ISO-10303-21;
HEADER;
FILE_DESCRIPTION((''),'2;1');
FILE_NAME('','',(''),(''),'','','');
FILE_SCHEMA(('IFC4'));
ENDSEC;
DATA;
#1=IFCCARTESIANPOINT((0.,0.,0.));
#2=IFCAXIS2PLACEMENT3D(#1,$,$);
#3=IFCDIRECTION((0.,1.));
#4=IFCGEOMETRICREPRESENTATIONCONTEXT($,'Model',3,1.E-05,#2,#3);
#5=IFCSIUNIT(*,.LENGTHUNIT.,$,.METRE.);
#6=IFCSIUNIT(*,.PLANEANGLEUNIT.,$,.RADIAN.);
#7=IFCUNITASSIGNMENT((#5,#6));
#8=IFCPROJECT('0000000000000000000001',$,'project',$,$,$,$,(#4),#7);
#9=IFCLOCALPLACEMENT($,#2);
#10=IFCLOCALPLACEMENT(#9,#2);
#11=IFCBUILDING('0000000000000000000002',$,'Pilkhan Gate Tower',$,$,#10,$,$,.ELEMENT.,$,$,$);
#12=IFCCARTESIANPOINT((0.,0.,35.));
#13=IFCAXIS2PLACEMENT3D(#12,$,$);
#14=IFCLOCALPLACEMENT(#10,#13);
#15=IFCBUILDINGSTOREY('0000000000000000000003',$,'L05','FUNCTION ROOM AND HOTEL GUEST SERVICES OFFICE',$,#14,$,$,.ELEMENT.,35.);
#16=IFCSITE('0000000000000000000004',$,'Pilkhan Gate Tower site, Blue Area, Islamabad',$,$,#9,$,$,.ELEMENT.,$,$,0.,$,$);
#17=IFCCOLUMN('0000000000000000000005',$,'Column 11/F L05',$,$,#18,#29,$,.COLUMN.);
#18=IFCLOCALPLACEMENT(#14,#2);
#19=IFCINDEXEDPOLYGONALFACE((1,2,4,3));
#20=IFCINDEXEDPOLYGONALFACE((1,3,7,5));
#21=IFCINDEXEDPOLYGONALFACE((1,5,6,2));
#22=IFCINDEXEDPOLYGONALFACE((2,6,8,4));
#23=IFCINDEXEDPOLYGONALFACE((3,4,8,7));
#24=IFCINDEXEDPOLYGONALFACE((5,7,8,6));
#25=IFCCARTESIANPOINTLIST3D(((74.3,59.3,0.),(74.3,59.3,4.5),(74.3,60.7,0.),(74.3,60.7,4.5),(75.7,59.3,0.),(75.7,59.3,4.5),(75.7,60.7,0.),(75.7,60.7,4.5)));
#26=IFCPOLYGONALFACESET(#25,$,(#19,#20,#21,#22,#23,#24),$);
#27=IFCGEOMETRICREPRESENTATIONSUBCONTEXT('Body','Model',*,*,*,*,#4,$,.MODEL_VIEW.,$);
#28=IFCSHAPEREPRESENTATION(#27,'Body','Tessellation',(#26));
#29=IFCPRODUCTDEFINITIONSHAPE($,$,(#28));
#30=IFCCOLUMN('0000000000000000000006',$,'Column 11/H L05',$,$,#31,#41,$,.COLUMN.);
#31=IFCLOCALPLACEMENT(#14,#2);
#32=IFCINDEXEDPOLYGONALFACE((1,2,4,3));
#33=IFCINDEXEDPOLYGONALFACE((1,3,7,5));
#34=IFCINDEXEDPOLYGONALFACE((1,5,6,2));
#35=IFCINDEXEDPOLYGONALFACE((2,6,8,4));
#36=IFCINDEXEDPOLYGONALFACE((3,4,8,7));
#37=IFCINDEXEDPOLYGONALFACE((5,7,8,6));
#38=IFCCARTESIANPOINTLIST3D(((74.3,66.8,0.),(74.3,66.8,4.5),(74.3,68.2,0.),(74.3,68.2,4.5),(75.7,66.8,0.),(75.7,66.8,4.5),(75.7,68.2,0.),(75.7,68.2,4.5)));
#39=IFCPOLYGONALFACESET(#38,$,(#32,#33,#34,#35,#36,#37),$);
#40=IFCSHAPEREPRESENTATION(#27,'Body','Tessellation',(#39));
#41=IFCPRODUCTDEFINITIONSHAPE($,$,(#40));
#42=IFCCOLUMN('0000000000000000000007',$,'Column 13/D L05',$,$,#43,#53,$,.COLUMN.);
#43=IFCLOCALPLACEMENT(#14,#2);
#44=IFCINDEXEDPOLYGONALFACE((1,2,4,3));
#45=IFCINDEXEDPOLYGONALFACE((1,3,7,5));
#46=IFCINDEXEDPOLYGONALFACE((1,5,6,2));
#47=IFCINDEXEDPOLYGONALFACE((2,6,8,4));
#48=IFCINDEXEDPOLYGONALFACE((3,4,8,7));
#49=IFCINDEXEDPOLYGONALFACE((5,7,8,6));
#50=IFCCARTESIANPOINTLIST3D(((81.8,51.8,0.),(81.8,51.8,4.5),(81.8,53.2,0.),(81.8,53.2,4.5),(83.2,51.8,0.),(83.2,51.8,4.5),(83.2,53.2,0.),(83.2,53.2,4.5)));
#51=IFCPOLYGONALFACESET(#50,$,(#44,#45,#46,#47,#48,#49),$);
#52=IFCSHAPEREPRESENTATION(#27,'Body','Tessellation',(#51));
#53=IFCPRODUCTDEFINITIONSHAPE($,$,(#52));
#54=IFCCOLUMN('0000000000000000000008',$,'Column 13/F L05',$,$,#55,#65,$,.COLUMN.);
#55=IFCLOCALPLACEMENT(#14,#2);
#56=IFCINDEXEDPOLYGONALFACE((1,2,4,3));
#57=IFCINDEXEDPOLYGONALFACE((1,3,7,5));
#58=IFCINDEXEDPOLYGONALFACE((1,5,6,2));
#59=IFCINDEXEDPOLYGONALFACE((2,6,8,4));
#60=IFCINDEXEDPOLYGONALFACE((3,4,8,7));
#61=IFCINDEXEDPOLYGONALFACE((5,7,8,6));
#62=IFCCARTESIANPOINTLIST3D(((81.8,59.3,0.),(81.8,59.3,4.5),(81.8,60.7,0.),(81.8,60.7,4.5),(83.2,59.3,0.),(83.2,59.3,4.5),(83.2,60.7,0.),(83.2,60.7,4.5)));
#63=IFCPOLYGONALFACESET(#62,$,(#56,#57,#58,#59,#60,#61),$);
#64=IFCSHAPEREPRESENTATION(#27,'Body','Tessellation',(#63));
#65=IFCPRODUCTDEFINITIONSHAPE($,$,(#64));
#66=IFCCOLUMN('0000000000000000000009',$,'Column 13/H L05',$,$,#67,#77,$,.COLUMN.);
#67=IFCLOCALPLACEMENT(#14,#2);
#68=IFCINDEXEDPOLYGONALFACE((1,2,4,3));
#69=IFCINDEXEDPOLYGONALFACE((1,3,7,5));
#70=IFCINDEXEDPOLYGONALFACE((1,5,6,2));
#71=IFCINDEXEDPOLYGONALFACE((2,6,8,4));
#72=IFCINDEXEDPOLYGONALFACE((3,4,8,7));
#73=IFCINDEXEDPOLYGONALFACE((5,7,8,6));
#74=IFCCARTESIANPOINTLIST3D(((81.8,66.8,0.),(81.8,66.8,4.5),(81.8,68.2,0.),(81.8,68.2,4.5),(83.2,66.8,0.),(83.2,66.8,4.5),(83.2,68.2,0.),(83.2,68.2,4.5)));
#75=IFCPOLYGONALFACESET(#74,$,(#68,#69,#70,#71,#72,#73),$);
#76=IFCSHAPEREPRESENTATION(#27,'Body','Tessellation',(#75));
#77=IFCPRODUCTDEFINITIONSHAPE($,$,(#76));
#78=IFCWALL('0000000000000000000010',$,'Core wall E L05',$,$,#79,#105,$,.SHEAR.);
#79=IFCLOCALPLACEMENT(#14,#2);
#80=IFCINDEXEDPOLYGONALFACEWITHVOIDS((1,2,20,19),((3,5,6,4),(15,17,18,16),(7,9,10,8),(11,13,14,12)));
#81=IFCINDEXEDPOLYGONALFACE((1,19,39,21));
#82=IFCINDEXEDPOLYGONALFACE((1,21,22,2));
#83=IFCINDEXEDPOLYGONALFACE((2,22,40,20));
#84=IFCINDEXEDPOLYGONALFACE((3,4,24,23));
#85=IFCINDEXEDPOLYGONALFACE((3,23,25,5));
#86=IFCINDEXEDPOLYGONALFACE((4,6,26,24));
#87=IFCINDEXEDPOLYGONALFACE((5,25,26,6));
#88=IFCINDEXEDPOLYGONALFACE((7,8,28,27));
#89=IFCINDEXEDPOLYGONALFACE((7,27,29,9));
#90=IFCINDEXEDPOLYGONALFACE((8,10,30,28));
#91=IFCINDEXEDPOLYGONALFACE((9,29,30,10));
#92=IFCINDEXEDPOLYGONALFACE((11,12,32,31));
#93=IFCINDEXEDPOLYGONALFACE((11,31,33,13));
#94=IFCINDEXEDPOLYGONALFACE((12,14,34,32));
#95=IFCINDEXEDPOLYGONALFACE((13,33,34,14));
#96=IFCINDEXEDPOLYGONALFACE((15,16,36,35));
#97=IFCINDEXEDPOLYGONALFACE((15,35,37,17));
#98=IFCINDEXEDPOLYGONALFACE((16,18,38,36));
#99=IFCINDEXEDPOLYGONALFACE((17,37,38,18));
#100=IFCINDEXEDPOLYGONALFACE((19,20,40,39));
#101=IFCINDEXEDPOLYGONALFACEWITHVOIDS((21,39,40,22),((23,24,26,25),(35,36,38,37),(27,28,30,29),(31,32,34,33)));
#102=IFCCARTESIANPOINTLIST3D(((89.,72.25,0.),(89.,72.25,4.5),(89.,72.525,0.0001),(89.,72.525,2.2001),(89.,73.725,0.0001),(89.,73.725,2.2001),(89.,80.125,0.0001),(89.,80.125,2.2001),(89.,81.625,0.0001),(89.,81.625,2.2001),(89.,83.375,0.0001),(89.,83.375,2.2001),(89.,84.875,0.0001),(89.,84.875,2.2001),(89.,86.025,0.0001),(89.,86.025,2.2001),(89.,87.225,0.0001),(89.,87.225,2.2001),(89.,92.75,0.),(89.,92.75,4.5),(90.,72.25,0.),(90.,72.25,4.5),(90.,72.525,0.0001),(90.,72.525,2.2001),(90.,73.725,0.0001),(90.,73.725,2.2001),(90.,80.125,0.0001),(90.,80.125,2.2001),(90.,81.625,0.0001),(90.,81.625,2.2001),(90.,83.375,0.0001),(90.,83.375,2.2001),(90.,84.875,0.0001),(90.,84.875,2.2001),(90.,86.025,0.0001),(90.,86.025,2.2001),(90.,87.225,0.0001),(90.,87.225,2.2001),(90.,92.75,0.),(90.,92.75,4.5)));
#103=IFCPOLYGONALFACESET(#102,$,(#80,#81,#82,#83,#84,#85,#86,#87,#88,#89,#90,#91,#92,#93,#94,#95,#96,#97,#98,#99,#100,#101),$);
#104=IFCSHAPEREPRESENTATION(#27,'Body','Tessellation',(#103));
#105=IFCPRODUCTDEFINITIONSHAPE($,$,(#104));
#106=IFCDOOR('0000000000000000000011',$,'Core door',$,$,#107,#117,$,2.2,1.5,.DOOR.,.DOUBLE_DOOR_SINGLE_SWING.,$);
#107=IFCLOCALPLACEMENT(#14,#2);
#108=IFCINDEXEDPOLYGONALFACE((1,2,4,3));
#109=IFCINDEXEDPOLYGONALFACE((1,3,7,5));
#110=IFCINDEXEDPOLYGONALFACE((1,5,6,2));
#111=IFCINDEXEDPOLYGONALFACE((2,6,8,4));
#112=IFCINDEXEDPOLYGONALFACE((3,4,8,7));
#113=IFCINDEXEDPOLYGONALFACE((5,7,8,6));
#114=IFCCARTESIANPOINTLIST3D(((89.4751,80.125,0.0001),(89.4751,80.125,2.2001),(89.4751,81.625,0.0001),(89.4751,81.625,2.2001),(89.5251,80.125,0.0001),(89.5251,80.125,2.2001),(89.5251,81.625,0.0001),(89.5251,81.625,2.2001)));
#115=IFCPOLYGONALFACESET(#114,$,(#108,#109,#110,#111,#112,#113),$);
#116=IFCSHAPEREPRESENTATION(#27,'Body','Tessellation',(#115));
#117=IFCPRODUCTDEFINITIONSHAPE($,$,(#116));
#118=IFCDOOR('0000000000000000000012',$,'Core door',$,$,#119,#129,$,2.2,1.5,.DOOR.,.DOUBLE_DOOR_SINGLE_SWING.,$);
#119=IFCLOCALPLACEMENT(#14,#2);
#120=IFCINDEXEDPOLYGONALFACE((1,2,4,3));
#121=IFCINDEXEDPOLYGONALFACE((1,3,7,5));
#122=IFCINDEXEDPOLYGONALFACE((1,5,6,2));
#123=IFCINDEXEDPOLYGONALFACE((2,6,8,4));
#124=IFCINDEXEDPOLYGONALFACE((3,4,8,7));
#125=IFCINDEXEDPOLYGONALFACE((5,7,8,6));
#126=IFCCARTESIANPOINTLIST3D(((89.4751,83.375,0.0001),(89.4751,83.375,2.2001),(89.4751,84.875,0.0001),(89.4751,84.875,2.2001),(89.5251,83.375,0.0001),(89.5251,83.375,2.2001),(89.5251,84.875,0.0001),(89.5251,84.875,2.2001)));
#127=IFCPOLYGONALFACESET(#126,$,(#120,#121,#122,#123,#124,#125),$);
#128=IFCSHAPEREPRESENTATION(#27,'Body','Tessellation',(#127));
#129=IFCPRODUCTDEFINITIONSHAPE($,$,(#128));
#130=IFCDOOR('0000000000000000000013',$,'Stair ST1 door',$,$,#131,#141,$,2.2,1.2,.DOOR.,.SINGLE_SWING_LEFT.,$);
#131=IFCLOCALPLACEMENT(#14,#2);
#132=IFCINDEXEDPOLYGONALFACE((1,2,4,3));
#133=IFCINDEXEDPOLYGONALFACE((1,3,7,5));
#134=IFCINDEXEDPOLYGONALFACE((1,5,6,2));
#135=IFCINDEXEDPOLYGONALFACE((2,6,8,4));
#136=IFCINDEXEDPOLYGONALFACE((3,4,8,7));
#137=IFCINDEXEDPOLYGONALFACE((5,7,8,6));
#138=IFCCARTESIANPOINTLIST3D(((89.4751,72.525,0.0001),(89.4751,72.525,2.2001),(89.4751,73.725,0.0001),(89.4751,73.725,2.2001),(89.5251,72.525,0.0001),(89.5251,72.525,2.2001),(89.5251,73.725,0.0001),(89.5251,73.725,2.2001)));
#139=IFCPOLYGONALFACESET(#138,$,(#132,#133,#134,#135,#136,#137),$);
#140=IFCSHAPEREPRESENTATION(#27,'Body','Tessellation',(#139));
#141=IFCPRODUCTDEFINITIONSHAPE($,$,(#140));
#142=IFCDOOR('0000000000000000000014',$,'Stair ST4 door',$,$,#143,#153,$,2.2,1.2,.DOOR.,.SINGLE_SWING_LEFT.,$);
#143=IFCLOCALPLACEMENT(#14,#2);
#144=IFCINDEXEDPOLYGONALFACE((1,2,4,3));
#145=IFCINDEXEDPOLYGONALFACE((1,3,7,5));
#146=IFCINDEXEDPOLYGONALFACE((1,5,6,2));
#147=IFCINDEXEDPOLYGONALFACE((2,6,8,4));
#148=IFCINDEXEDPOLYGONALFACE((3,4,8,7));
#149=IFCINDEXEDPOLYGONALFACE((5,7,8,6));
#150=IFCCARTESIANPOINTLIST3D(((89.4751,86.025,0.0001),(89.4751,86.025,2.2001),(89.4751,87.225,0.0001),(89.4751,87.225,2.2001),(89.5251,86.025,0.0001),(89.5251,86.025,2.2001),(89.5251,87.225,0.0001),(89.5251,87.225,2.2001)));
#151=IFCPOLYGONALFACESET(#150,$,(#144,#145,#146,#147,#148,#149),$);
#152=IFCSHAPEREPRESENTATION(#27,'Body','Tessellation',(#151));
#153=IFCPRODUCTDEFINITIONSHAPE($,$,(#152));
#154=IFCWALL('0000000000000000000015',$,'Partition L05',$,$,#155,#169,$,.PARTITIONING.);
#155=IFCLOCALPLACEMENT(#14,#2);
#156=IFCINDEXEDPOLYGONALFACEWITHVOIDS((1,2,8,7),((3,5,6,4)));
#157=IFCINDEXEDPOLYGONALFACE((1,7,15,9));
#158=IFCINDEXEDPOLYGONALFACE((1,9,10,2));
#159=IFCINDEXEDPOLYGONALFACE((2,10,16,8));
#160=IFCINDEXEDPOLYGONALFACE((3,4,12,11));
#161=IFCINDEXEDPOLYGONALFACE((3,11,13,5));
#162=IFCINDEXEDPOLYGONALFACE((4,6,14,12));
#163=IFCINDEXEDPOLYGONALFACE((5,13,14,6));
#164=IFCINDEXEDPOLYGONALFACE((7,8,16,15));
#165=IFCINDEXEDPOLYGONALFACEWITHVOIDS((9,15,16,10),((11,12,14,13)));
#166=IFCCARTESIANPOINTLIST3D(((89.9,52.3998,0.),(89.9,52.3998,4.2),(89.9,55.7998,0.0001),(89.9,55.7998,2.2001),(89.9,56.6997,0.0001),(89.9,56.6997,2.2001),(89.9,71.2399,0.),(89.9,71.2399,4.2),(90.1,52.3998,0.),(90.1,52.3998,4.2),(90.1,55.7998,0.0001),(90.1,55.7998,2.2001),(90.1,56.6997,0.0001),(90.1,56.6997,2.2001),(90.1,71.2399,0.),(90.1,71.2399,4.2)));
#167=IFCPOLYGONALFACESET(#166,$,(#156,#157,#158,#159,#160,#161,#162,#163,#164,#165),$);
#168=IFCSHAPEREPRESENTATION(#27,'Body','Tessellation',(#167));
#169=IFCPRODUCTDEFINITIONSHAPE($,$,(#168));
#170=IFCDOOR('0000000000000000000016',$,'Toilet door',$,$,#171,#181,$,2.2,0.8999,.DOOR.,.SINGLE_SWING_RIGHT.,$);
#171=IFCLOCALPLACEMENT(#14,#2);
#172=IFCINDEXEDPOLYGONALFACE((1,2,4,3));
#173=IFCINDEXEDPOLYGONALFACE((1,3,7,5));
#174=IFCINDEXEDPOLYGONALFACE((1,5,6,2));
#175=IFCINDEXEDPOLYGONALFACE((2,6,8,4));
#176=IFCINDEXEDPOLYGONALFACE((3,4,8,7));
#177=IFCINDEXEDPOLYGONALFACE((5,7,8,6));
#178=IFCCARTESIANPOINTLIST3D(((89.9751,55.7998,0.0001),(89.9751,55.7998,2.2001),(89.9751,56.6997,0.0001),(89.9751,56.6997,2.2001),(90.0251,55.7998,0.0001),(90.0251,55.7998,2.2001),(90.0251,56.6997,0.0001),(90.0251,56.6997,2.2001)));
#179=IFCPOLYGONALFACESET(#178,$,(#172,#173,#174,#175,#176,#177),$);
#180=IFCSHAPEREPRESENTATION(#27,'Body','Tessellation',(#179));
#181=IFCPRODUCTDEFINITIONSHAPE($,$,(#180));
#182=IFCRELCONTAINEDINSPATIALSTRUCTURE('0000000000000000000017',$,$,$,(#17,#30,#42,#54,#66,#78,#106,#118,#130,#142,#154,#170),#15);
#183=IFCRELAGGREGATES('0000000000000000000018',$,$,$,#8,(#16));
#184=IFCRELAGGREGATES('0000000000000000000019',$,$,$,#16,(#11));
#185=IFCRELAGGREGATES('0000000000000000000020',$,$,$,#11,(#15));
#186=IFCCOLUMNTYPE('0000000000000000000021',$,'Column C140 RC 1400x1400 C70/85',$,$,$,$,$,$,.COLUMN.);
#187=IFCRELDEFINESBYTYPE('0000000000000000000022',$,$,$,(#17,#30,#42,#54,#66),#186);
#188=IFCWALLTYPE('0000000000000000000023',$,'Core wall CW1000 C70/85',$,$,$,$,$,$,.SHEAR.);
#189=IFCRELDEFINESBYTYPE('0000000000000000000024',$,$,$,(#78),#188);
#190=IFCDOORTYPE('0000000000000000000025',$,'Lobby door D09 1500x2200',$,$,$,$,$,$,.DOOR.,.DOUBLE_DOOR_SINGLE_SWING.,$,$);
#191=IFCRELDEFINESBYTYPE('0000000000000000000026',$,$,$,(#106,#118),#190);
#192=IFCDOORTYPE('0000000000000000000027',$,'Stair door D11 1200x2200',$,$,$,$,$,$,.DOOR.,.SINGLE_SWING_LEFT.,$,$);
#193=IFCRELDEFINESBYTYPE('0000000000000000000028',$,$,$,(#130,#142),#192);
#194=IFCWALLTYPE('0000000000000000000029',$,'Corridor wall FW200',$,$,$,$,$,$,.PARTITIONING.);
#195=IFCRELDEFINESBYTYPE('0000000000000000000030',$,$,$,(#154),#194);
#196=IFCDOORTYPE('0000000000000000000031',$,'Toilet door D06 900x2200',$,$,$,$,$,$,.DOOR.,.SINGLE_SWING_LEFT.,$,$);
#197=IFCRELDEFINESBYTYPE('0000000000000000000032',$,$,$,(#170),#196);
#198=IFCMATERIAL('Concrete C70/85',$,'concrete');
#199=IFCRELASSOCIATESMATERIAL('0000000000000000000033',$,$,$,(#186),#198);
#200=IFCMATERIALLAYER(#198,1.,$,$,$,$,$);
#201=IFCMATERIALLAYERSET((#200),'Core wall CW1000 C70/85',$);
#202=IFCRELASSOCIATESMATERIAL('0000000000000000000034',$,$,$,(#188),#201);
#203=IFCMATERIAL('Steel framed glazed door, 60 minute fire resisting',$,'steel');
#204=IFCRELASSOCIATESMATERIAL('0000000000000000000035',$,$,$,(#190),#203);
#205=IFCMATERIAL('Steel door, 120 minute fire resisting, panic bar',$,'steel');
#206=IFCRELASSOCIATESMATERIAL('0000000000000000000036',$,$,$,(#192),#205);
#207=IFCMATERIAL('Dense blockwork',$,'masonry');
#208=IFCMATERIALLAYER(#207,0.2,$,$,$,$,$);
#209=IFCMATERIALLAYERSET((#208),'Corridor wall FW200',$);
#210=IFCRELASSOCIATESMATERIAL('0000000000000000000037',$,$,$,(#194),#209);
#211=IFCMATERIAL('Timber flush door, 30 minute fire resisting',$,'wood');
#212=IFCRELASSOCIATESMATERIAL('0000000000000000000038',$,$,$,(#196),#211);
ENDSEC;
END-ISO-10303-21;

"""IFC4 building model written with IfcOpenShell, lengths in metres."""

from ifc_helpers import new_model, si_unit, direction, frame, frame_2d, origin, origin_2d, place, context, subcontext, project, spatial, rectangle, extrude, material, layer, layer_set, material_profile, profile_set, type_object, element, fill, save


model = new_model("IFC4")

# Units and contexts
model_context = context("Model", 3, precision=1e-05, world=origin(), true_north=direction((0.0, 1.0)))
body_context = subcontext(model_context, "Body", "Model", "MODEL_VIEW")
ifc_project = project(units=[si_unit("LENGTHUNIT", "METRE"), si_unit("PLANEANGLEUNIT", "RADIAN")], contexts=[model_context])

# Site, building, storey
site_placement = place(None, origin())
site = spatial("IfcSite", under=ifc_project, at=site_placement, Name="Pilkhan Gate Tower site, Blue Area, Islamabad", CompositionType="ELEMENT", RefElevation=0.0)
building_placement = place(site_placement, origin())
building = spatial("IfcBuilding", under=site, at=building_placement, Name="Pilkhan Gate Tower", CompositionType="ELEMENT")
storey_placement = place(building_placement, frame((0.0, 0.0, 35.0)))
storey = spatial("IfcBuildingStorey", under=building, at=storey_placement, Name="L05", Description="FUNCTION ROOM AND HOTEL GUEST SERVICES OFFICE", CompositionType="ELEMENT", Elevation=35.0)

# Columns
ifc_material_1 = material(Name="Concrete C70/85", Category="concrete")
ifc_material_profile = material_profile(ifc_material_1, rectangle(XDim=1.3999, YDim=1.3999, at=origin_2d()), Name="RC 1400x1400")
ifc_profile_set = profile_set([ifc_material_profile], Name="Concrete C70/85")
column_type = type_object("IfcColumnType", Name="Column C140 RC 1400x1400 C70/85", PredefinedType="COLUMN", material=ifc_profile_set)
for number, where, z_axis, x_axis, name in (
    (1, (75.0, 60.0, 0.0), (0.0, 0.0, 1.0), (1.0, 0.0, 0.0), "Column 11/F L05"),
    (2, (75.0, 67.5, 0.0), (0.0, 0.0, 1.0), (1.0, 0.0, 0.0), "Column 11/H L05"),
    (3, (82.5, 52.5, 0.0), (0.0, 0.0, 1.0), (1.0, 0.0, 0.0), "Column 13/D L05"),
    (4, (82.5, 60.0, 0.0), (0.0, 0.0, 1.0), (1.0, 0.0, 0.0), "Column 13/F L05"),
    (5, (82.5, 67.5, 0.0), (0.0, 0.0, 1.0), (1.0, 0.0, 0.0), "Column 13/H L05"),
):
    element("IfcColumn", number, at=place(storey_placement, frame(where, z_axis=z_axis, x_axis=x_axis)), inside=storey, type_object=column_type, Name=name, PredefinedType="COLUMN", context=body_context, shape_type="SweptSolid", body=[
        extrude(rectangle(XDim=1.3999, YDim=1.3999, at=origin_2d()), origin(), (0.0, 0.0, 1.0), 4.5),
    ])

# Wall, openings, doors
ifc_layer_1 = layer(ifc_material_1, 1.0)
ifc_layer_set_1 = layer_set([ifc_layer_1], Name="Core wall CW1000 C70/85")
wall_type_1 = type_object("IfcWallType", Name="Core wall CW1000 C70/85", PredefinedType="SHEAR", material=ifc_layer_set_1)
wall_1_placement = place(storey_placement, frame((89.5, 72.25, 0.0), z_axis=(0.0, 0.0, 1.0), x_axis=(0.0, 1.0, 0.0)))
wall_1 = element("IfcWall", 6, at=wall_1_placement, inside=storey, type_object=wall_type_1, Name="Core wall E L05", PredefinedType="SHEAR", context=body_context, shape_type="SweptSolid", body=[
    extrude(rectangle(XDim=20.5, YDim=1.0, at=frame_2d((10.25, 0.0))), origin(), (0.0, 0.0, 1.0), 4.5),
])
opening_1_placement = place(wall_1_placement, frame((0.2749, 0.0, 0.0)))
opening_1 = element("IfcOpeningElement", 7, at=opening_1_placement, cuts=wall_1, PredefinedType="OPENING", context=body_context, shape_type="SweptSolid", body=[
    extrude(rectangle(XDim=1.2, YDim=2.2, at=frame_2d((0.6001, 1.1001))), frame((0.0, 0.51, 0.0), z_axis=(0.0, -1.0, 0.0), x_axis=(1.0, 0.0, 0.0)), (0.0, 0.0, 1.0), 1.02),
])
opening_2_placement = place(wall_1_placement, frame((13.7749, 0.0, 0.0)))
opening_2 = element("IfcOpeningElement", 8, at=opening_2_placement, cuts=wall_1, PredefinedType="OPENING", context=body_context, shape_type="SweptSolid", body=[
    extrude(rectangle(XDim=1.2, YDim=2.2, at=frame_2d((0.6001, 1.1001))), frame((0.0, 0.51, 0.0), z_axis=(0.0, -1.0, 0.0), x_axis=(1.0, 0.0, 0.0)), (0.0, 0.0, 1.0), 1.02),
])
opening_3_placement = place(wall_1_placement, frame((7.875, 0.0, 0.0)))
opening_3 = element("IfcOpeningElement", 9, at=opening_3_placement, cuts=wall_1, PredefinedType="OPENING", context=body_context, shape_type="SweptSolid", body=[
    extrude(rectangle(XDim=1.5, YDim=2.2, at=frame_2d((0.75, 1.1001))), frame((0.0, 0.51, 0.0), z_axis=(0.0, -1.0, 0.0), x_axis=(1.0, 0.0, 0.0)), (0.0, 0.0, 1.0), 1.02),
])
opening_4_placement = place(wall_1_placement, frame((11.125, 0.0, 0.0)))
opening_4 = element("IfcOpeningElement", 10, at=opening_4_placement, cuts=wall_1, PredefinedType="OPENING", context=body_context, shape_type="SweptSolid", body=[
    extrude(rectangle(XDim=1.5, YDim=2.2, at=frame_2d((0.75, 1.1001))), frame((0.0, 0.51, 0.0), z_axis=(0.0, -1.0, 0.0), x_axis=(1.0, 0.0, 0.0)), (0.0, 0.0, 1.0), 1.02),
])
ifc_material_2 = material(Name="Steel framed glazed door, 60 minute fire resisting", Category="steel")
door_type_1 = type_object("IfcDoorType", Name="Lobby door D09 1500x2200", OperationType="DOUBLE_DOOR_SINGLE_SWING", PredefinedType="DOOR", material=ifc_material_2)
door_1_placement = place(opening_3_placement, origin())
door_1 = element("IfcDoor", 11, at=door_1_placement, inside=storey, type_object=door_type_1, Name="Core door", OperationType="DOUBLE_DOOR_SINGLE_SWING", OverallHeight=2.2, OverallWidth=1.5, PredefinedType="DOOR", context=body_context, shape_type="SweptSolid", body=[
    extrude(rectangle(XDim=1.5, YDim=2.2, at=frame_2d((0.75, 1.1001))), frame((0.0, 0.0249, 0.0), z_axis=(0.0, -1.0, 0.0), x_axis=(1.0, 0.0, 0.0)), (0.0, 0.0, 1.0), 0.05),
])
fill(opening_3, door_1)
door_2_placement = place(opening_4_placement, origin())
door_2 = element("IfcDoor", 12, at=door_2_placement, inside=storey, type_object=door_type_1, Name="Core door", OperationType="DOUBLE_DOOR_SINGLE_SWING", OverallHeight=2.2, OverallWidth=1.5, PredefinedType="DOOR", context=body_context, shape_type="SweptSolid", body=[
    extrude(rectangle(XDim=1.5, YDim=2.2, at=frame_2d((0.75, 1.1001))), frame((0.0, 0.0249, 0.0), z_axis=(0.0, -1.0, 0.0), x_axis=(1.0, 0.0, 0.0)), (0.0, 0.0, 1.0), 0.05),
])
fill(opening_4, door_2)
ifc_material_3 = material(Name="Steel door, 120 minute fire resisting, panic bar", Category="steel")
door_type_2 = type_object("IfcDoorType", Name="Stair door D11 1200x2200", OperationType="SINGLE_SWING_LEFT", PredefinedType="DOOR", material=ifc_material_3)
door_3_placement = place(opening_1_placement, origin())
door_3 = element("IfcDoor", 13, at=door_3_placement, inside=storey, type_object=door_type_2, Name="Stair ST1 door", OperationType="SINGLE_SWING_LEFT", OverallHeight=2.2, OverallWidth=1.2, PredefinedType="DOOR", context=body_context, shape_type="SweptSolid", body=[
    extrude(rectangle(XDim=1.2, YDim=2.2, at=frame_2d((0.6001, 1.1001))), frame((0.0, 0.0249, 0.0), z_axis=(0.0, -1.0, 0.0), x_axis=(1.0, 0.0, 0.0)), (0.0, 0.0, 1.0), 0.05),
])
fill(opening_1, door_3)
door_4_placement = place(opening_2_placement, origin())
door_4 = element("IfcDoor", 14, at=door_4_placement, inside=storey, type_object=door_type_2, Name="Stair ST4 door", OperationType="SINGLE_SWING_LEFT", OverallHeight=2.2, OverallWidth=1.2, PredefinedType="DOOR", context=body_context, shape_type="SweptSolid", body=[
    extrude(rectangle(XDim=1.2, YDim=2.2, at=frame_2d((0.6001, 1.1001))), frame((0.0, 0.0249, 0.0), z_axis=(0.0, -1.0, 0.0), x_axis=(1.0, 0.0, 0.0)), (0.0, 0.0, 1.0), 0.05),
])
fill(opening_2, door_4)

# Wall, opening, door
ifc_material_4 = material(Name="Dense blockwork", Category="masonry")
ifc_layer_2 = layer(ifc_material_4, 0.2)
ifc_layer_set_2 = layer_set([ifc_layer_2], Name="Corridor wall FW200")
wall_type_2 = type_object("IfcWallType", Name="Corridor wall FW200", PredefinedType="PARTITIONING", material=ifc_layer_set_2)
wall_2_placement = place(storey_placement, frame((90.0, 52.3999, 0.0), z_axis=(0.0, 0.0, 1.0), x_axis=(0.0, 1.0, 0.0)))
wall_2 = element("IfcWall", 15, at=wall_2_placement, inside=storey, type_object=wall_type_2, Name="Partition L05", PredefinedType="PARTITIONING", context=body_context, shape_type="SweptSolid", body=[
    extrude(rectangle(XDim=18.8401, YDim=0.2, at=frame_2d((9.4199, 0.0))), origin(), (0.0, 0.0, 1.0), 4.2),
])
opening_5_placement = place(wall_2_placement, frame((3.3999, 0.0, 0.0)))
opening_5 = element("IfcOpeningElement", 16, at=opening_5_placement, cuts=wall_2, PredefinedType="OPENING", context=body_context, shape_type="SweptSolid", body=[
    extrude(rectangle(XDim=0.8999, YDim=2.2, at=frame_2d((0.45, 1.1001))), frame((0.0, 0.1099, 0.0), z_axis=(0.0, -1.0, 0.0), x_axis=(1.0, 0.0, 0.0)), (0.0, 0.0, 1.0), 0.22),
])
ifc_material_5 = material(Name="Timber flush door, 30 minute fire resisting", Category="wood")
door_type_3 = type_object("IfcDoorType", Name="Toilet door D06 900x2200", OperationType="SINGLE_SWING_LEFT", PredefinedType="DOOR", material=ifc_material_5)
door_5_placement = place(opening_5_placement, origin())
door_5 = element("IfcDoor", 17, at=door_5_placement, inside=storey, type_object=door_type_3, Name="Toilet door", OperationType="SINGLE_SWING_RIGHT", OverallHeight=2.2, OverallWidth=0.8999, PredefinedType="DOOR", context=body_context, shape_type="SweptSolid", body=[
    extrude(rectangle(XDim=0.8999, YDim=2.2, at=frame_2d((0.45, 1.1001))), frame((0.0, 0.0249, 0.0), z_axis=(0.0, -1.0, 0.0), x_axis=(1.0, 0.0, 0.0)), (0.0, 0.0, 1.0), 0.05),
])
fill(opening_5, door_5)

save(model, "model.ifc")
